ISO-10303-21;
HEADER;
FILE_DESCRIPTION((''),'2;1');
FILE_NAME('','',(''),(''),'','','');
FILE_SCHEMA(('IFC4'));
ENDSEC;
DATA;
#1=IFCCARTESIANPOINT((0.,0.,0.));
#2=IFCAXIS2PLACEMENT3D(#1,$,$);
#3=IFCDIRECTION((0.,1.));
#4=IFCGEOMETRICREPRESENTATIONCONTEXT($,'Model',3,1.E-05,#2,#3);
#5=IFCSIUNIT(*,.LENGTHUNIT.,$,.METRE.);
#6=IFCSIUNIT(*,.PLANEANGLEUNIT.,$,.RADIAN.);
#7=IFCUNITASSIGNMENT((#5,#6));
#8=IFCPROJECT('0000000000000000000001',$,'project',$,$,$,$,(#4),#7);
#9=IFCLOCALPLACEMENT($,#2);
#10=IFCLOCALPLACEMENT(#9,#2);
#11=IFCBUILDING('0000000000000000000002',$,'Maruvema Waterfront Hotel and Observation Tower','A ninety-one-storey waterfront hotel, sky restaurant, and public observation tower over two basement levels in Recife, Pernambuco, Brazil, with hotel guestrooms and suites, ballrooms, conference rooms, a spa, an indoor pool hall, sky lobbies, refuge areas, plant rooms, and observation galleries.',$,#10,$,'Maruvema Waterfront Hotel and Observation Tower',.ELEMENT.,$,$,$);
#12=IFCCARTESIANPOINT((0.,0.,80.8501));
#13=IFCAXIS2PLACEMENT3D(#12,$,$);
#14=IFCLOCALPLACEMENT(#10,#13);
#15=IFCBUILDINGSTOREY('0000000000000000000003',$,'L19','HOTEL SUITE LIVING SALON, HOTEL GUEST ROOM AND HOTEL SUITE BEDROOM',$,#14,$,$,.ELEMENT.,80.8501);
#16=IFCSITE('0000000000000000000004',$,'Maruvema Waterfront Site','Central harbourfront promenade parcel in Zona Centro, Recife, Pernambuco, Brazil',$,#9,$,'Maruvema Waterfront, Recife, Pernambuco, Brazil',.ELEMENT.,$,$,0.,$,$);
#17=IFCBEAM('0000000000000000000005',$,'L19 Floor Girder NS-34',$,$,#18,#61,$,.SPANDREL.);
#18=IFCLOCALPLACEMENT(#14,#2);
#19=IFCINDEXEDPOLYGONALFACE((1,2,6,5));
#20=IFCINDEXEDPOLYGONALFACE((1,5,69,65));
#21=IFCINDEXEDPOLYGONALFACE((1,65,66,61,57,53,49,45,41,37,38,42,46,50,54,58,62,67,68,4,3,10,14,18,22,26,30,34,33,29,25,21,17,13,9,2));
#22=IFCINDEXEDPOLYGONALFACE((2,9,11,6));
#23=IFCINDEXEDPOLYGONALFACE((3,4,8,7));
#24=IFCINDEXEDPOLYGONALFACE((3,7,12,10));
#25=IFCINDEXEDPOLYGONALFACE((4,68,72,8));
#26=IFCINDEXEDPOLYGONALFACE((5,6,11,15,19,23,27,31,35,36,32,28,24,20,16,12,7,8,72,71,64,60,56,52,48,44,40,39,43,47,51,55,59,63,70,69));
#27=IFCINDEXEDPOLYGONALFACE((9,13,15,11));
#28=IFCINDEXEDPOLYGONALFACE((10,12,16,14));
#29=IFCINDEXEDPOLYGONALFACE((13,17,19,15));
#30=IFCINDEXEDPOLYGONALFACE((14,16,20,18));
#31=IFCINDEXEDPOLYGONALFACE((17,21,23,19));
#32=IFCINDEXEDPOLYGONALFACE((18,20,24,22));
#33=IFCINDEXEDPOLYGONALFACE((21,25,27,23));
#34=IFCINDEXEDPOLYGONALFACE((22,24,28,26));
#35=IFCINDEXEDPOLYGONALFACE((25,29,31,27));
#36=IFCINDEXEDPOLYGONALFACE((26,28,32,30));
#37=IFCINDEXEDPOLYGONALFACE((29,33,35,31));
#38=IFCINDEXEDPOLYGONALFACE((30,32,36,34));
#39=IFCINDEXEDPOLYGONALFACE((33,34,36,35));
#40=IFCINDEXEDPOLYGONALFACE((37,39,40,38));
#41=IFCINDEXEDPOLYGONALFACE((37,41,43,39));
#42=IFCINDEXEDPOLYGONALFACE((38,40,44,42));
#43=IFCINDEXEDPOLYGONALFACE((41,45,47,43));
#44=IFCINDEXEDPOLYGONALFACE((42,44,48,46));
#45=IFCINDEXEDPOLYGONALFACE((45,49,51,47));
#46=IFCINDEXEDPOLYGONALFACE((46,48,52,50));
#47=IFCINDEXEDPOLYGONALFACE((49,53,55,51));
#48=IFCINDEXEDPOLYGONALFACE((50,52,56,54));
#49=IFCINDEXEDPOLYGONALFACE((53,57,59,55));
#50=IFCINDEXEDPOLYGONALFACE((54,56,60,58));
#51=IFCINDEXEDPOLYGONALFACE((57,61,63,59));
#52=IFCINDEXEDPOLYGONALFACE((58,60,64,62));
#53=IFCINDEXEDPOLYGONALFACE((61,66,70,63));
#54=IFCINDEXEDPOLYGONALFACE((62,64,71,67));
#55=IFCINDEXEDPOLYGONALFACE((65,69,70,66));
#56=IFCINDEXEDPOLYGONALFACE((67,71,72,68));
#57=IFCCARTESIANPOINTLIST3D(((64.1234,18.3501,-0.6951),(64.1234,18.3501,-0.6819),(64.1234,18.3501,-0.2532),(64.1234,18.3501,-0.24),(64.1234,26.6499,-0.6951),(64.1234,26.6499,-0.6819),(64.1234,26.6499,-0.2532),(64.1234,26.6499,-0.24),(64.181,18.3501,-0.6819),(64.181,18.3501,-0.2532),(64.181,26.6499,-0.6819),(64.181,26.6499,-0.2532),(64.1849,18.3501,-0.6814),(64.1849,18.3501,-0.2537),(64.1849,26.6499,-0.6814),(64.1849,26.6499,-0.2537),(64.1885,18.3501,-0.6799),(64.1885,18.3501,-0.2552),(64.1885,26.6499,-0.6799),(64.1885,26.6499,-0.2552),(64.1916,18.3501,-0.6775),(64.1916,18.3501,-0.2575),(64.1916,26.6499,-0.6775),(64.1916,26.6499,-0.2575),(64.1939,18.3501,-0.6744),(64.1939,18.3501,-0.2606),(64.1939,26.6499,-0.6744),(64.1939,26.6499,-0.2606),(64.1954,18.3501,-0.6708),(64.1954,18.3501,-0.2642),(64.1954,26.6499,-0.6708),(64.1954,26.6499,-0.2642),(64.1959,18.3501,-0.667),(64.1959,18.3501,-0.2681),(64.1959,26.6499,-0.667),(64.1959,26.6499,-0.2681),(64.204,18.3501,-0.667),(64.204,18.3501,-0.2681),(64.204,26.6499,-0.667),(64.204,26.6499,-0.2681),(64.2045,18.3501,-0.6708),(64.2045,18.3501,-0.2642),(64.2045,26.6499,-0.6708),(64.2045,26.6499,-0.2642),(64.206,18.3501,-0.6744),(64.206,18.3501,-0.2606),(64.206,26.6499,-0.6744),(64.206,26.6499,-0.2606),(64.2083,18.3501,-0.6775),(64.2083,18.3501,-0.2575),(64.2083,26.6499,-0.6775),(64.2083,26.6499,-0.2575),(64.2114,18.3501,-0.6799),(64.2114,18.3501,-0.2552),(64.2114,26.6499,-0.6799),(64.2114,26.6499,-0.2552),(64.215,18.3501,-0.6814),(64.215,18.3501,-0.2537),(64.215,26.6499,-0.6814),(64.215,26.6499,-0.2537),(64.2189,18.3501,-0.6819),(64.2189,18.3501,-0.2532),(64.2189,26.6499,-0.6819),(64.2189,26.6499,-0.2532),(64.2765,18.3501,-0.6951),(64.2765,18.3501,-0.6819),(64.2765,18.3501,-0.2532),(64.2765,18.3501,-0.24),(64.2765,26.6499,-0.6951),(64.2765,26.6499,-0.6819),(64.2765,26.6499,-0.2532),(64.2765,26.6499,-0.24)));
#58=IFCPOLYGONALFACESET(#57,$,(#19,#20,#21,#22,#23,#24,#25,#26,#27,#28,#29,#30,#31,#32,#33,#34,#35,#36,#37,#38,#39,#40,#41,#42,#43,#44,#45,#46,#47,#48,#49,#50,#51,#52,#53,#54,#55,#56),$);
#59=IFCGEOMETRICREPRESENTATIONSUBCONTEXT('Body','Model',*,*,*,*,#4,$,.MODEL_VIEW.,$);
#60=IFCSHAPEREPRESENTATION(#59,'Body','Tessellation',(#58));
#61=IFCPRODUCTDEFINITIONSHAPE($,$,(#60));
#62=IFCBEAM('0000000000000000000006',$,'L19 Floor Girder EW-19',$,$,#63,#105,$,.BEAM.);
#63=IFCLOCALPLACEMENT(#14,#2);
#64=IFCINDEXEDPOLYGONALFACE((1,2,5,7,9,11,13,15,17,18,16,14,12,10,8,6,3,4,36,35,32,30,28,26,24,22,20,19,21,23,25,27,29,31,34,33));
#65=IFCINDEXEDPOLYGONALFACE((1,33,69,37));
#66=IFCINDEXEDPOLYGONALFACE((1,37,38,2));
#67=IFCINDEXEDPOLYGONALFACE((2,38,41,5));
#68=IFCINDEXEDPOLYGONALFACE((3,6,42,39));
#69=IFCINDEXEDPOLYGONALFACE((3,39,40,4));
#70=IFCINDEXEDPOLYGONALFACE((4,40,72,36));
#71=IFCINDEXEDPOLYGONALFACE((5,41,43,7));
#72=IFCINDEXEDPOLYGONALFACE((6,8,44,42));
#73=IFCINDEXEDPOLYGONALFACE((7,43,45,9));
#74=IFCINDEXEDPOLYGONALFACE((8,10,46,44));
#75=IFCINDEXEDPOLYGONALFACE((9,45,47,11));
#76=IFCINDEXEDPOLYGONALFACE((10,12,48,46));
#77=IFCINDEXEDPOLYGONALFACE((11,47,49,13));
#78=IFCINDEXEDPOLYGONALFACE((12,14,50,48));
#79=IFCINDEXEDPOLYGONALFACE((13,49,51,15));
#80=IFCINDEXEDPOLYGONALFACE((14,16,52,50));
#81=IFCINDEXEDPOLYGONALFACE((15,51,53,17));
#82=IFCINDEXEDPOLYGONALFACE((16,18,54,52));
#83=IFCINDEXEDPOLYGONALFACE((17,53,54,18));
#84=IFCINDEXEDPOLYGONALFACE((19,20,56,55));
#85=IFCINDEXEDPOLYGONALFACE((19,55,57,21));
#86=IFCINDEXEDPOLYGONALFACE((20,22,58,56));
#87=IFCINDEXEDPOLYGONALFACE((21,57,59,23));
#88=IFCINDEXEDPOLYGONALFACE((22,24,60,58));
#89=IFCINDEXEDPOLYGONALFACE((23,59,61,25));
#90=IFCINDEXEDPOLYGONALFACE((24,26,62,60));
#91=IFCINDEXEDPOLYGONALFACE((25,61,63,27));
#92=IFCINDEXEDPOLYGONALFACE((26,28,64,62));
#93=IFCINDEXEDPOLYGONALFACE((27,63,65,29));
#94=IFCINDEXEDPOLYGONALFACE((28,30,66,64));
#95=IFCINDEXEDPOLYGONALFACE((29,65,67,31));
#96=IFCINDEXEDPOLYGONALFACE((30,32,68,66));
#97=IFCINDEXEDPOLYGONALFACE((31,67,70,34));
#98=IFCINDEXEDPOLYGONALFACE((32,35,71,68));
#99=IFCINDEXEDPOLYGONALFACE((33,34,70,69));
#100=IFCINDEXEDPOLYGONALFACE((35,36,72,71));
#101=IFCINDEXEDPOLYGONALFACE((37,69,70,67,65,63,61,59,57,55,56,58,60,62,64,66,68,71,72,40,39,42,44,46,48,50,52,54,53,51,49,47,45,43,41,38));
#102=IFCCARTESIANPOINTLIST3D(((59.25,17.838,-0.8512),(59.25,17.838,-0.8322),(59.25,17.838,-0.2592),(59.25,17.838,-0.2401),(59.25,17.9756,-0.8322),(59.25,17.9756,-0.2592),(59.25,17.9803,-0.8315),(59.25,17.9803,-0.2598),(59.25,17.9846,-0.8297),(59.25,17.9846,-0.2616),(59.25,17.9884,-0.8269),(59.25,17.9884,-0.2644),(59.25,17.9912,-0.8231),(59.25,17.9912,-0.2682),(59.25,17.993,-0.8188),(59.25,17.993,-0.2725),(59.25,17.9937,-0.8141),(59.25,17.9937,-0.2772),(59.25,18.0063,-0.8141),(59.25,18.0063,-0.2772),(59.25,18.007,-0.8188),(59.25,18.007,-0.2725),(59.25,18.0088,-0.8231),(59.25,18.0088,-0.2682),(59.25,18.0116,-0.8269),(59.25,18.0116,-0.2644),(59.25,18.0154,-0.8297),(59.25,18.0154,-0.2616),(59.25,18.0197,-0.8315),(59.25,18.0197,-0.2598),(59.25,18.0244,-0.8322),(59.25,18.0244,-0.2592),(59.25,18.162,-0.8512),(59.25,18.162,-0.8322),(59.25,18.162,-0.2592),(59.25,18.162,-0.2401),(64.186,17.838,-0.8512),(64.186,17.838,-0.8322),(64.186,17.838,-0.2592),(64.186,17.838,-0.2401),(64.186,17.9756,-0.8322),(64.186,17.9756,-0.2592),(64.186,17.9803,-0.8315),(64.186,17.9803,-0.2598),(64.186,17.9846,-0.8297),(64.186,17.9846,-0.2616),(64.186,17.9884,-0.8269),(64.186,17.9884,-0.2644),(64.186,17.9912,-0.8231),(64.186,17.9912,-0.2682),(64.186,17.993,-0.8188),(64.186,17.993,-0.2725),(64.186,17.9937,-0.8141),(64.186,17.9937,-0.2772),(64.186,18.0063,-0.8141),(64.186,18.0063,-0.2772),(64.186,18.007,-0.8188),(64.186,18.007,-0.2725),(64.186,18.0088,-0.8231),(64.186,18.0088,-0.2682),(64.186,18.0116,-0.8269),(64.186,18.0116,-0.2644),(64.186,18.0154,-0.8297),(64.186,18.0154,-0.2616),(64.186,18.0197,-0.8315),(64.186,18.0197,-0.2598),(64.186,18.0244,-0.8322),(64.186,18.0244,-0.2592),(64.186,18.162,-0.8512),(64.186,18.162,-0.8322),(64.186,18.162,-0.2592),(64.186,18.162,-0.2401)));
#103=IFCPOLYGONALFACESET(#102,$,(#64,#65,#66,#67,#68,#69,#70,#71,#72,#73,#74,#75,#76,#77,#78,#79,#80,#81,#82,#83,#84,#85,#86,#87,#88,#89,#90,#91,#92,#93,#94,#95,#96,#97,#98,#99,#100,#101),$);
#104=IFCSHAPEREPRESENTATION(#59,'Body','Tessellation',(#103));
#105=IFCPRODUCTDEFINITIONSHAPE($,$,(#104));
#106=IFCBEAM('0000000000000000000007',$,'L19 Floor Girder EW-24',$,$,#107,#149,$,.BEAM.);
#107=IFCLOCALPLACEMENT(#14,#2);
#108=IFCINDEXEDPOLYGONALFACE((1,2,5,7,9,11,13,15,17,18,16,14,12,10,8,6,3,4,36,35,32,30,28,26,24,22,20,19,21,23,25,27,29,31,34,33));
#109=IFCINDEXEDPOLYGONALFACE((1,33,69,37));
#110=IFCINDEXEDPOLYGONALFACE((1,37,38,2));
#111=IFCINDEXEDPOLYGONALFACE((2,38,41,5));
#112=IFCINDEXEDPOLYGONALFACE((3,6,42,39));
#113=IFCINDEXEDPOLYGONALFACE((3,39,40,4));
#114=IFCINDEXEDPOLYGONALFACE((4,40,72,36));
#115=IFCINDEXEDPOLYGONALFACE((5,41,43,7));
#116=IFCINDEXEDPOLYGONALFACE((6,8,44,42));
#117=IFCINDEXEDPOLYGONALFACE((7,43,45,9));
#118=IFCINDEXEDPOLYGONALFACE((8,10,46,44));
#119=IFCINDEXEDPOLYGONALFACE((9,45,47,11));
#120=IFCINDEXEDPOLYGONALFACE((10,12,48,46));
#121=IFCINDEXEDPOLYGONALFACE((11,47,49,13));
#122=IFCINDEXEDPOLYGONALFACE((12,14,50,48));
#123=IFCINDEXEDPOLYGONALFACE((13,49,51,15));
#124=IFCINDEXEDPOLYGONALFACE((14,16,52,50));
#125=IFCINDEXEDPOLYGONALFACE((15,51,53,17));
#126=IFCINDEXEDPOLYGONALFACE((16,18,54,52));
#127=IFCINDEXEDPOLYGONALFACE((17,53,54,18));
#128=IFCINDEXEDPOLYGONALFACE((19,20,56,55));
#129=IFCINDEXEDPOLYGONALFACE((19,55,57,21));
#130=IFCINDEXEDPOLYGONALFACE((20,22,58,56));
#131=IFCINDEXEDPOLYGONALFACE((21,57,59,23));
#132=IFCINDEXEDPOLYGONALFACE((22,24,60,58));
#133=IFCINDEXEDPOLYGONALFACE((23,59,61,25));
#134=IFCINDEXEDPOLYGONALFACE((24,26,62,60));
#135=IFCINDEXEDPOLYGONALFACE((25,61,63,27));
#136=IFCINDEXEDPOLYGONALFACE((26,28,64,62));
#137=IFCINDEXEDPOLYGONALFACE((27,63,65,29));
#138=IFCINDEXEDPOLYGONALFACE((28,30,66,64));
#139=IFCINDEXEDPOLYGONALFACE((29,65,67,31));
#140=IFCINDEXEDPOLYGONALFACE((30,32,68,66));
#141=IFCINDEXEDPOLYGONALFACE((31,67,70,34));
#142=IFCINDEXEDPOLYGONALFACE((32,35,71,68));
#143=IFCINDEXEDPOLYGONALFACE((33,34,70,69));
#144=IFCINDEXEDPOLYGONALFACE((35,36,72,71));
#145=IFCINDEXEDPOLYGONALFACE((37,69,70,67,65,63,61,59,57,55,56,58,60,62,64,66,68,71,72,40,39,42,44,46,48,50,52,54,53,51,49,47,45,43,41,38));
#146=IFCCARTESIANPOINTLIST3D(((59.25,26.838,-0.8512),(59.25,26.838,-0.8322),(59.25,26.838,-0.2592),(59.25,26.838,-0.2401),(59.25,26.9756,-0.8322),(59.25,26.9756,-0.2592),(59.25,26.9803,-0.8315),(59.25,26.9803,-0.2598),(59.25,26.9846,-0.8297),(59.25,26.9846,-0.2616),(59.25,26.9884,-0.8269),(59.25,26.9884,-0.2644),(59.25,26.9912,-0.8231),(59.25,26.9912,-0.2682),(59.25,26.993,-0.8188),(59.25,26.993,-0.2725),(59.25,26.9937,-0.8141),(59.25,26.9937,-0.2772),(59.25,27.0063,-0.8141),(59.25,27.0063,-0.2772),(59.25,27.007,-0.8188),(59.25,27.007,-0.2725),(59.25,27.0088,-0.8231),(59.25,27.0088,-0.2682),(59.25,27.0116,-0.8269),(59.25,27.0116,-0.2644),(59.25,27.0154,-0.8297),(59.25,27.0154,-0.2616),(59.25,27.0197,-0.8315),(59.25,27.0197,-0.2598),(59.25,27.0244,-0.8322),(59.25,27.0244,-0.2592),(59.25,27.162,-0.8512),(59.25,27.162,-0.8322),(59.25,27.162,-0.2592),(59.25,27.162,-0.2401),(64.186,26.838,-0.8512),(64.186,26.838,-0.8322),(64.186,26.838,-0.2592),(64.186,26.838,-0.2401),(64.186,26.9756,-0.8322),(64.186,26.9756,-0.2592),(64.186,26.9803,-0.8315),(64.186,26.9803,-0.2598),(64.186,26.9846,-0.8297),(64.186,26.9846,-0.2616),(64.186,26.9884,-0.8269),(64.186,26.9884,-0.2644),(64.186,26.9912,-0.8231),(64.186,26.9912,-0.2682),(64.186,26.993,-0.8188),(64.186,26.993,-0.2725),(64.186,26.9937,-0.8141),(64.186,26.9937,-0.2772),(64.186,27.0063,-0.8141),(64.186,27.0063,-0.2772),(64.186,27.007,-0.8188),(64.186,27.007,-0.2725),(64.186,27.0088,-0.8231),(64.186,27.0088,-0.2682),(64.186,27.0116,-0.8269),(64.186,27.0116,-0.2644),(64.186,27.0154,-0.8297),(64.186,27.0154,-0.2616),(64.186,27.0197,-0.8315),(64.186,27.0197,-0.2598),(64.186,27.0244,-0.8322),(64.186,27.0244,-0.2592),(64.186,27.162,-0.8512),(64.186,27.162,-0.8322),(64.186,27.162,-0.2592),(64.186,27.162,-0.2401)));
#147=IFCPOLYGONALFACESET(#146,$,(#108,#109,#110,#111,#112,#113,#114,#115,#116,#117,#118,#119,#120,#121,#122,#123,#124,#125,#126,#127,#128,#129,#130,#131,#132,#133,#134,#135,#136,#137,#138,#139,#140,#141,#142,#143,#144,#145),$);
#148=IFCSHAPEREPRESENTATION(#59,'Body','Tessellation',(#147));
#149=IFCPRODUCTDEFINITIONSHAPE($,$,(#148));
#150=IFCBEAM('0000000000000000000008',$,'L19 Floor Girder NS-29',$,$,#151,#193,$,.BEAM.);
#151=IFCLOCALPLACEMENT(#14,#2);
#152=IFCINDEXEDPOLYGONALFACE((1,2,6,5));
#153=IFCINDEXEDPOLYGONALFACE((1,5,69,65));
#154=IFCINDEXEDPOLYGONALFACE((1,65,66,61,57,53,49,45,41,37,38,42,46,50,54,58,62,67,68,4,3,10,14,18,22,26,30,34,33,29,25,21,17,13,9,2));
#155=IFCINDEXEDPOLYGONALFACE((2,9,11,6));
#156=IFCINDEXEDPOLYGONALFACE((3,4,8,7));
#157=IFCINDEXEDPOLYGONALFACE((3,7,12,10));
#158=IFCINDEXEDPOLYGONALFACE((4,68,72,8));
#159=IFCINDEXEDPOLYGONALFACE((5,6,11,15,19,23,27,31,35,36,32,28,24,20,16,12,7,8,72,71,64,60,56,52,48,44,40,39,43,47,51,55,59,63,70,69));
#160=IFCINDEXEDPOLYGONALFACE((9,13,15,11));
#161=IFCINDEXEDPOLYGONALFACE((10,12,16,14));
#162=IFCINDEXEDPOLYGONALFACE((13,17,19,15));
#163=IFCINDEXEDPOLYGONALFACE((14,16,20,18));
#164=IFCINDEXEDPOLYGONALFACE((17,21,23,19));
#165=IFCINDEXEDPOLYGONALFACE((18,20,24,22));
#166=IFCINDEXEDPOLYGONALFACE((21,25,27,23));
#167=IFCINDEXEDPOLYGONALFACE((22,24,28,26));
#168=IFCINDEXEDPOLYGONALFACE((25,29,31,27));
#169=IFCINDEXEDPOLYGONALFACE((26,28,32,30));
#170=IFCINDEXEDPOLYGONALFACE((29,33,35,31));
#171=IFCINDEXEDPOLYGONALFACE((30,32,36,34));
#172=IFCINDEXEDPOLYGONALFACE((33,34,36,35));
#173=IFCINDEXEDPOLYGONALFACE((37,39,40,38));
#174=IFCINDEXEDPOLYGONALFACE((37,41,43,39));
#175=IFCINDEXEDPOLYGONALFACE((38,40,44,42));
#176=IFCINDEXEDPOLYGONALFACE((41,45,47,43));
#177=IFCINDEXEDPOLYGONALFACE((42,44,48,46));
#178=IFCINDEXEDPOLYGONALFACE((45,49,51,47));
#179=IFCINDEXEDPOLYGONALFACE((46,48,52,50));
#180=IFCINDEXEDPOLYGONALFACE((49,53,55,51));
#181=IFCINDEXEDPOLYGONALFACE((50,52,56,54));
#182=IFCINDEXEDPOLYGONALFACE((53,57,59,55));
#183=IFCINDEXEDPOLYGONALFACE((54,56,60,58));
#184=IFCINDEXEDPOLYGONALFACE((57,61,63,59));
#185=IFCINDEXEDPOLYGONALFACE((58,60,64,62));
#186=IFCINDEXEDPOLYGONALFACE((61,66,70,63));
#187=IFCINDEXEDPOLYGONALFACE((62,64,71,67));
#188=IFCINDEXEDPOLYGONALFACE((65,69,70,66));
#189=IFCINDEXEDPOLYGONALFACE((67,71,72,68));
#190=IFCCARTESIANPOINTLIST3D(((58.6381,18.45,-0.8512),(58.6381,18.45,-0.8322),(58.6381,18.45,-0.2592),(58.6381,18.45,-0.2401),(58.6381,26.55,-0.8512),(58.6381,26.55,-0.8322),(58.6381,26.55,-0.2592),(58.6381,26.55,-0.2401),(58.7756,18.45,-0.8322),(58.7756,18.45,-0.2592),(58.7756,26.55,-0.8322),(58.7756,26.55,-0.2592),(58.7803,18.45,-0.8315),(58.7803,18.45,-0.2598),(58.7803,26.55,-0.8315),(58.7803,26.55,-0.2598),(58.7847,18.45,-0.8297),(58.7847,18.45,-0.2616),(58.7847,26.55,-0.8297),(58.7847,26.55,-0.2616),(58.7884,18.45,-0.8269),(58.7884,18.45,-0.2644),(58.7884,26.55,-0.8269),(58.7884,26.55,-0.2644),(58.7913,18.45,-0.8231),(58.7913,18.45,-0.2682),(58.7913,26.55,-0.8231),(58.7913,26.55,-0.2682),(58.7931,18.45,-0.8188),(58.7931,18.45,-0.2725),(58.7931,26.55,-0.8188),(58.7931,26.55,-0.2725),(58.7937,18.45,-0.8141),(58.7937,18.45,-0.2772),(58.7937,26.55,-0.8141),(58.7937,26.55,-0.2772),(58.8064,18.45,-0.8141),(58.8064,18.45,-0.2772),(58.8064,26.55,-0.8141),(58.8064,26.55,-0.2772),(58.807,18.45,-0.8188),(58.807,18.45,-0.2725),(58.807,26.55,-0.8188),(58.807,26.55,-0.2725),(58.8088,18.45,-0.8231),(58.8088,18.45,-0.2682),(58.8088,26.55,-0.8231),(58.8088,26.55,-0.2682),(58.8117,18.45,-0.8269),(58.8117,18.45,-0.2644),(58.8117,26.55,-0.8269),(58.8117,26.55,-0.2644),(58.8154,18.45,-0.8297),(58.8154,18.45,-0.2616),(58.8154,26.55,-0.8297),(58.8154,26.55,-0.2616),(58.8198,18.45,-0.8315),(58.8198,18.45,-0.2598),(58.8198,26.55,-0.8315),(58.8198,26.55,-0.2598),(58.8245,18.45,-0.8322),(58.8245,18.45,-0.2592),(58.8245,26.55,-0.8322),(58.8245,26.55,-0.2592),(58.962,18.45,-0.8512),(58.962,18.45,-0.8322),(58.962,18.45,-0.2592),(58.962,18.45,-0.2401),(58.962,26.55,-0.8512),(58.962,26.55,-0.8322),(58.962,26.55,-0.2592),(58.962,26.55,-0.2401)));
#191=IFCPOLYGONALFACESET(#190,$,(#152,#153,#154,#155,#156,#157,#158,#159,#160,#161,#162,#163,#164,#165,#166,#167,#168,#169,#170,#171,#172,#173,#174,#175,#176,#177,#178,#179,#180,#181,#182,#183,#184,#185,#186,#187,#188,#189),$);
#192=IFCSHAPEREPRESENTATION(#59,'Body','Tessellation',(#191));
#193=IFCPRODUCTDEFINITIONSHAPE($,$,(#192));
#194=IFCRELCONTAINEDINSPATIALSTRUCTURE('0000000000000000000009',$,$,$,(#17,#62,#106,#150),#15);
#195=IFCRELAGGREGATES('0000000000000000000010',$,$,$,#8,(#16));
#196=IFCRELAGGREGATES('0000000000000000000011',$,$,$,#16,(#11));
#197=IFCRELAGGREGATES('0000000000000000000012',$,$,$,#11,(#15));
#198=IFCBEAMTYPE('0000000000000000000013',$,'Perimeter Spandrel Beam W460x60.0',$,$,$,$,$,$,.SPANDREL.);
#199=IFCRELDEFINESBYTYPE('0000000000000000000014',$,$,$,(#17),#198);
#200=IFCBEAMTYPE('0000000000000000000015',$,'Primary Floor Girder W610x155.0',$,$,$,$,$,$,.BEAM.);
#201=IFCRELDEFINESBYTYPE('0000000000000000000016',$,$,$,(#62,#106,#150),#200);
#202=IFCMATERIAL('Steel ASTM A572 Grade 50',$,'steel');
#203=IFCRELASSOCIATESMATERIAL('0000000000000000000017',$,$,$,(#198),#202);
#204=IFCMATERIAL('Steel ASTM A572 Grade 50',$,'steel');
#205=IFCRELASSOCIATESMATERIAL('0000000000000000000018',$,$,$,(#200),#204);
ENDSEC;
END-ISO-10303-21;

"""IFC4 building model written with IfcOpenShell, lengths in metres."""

from ifc_helpers import new_model, si_unit, direction, frame, origin, origin_2d, place, context, subcontext, project, spatial, i_section, extrude, material, material_profile, profile_set, type_object, element, save


model = new_model("IFC4")

# Units and contexts
model_context = context("Model", 3, precision=1e-05, world=origin(), true_north=direction((0.0, 1.0)))
body_context = subcontext(model_context, "Body", "Model", "MODEL_VIEW")
ifc_project = project(units=[si_unit("LENGTHUNIT", "METRE"), si_unit("PLANEANGLEUNIT", "RADIAN")], contexts=[model_context])

# Site, building, storey
site_placement = place(None, origin())
site = spatial("IfcSite", under=ifc_project, at=site_placement, Name="Maruvema Waterfront Site", Description="Central harbourfront promenade parcel in Zona Centro, Recife, Pernambuco, Brazil", LongName="Maruvema Waterfront, Recife, Pernambuco, Brazil", CompositionType="ELEMENT", RefElevation=0.0)
building_placement = place(site_placement, origin())
building = spatial("IfcBuilding", under=site, at=building_placement, Name="Maruvema Waterfront Hotel and Observation Tower", Description="A ninety-one-storey waterfront hotel, sky restaurant, and public observation tower over two basement levels in Recife, Pernambuco, Brazil, with hotel guestrooms and suites, ballrooms, conference rooms, a spa, an indoor pool hall, sky lobbies, refuge areas, plant rooms, and observation galleries.", LongName="Maruvema Waterfront Hotel and Observation Tower", CompositionType="ELEMENT")
storey_placement = place(building_placement, frame((0.0, 0.0, 80.8501)))
storey = spatial("IfcBuildingStorey", under=building, at=storey_placement, Name="L19", Description="HOTEL SUITE LIVING SALON, HOTEL GUEST ROOM AND HOTEL SUITE BEDROOM", CompositionType="ELEMENT", Elevation=80.8501)

# Beams
ifc_material_1 = material(Name="Steel ASTM A572 Grade 50", Category="steel")
ifc_material_profile_1 = material_profile(ifc_material_1, i_section(OverallWidth=0.1531, OverallDepth=0.4551, WebThickness=0.0081, FlangeThickness=0.0132, FilletRadius=0.0149, at=origin_2d()), Name="W460x60.0")
ifc_profile_set_1 = profile_set([ifc_material_profile_1], Name="Steel ASTM A572 Grade 50")
beam_type_1 = type_object("IfcBeamType", Name="Perimeter Spandrel Beam W460x60.0", PredefinedType="SPANDREL", material=ifc_profile_set_1)
beam_1_placement = place(storey_placement, frame((64.2, 18.3501, -0.4675), z_axis=(0.0, 1.0, 0.0), x_axis=(-1.0, 0.0, 0.0)))
element("IfcBeam", 1, at=beam_1_placement, inside=storey, type_object=beam_type_1, Name="L19 Floor Girder NS-34", PredefinedType="SPANDREL", context=body_context, shape_type="SweptSolid", body=[
    extrude(i_section(OverallWidth=0.1531, OverallDepth=0.4551, WebThickness=0.0081, FlangeThickness=0.0132, FilletRadius=0.0149, at=origin_2d()), origin(), (0.0, 0.0, 1.0), 8.2998),
])
ifc_material_2 = material(Name="Steel ASTM A572 Grade 50", Category="steel")
ifc_material_profile_2 = material_profile(ifc_material_2, i_section(OverallWidth=0.324, OverallDepth=0.6111, WebThickness=0.0127, FlangeThickness=0.019, FilletRadius=0.0181, at=origin_2d()), Name="W610x155.0")
ifc_profile_set_2 = profile_set([ifc_material_profile_2], Name="Steel ASTM A572 Grade 50")
beam_type_2 = type_object("IfcBeamType", Name="Primary Floor Girder W610x155.0", PredefinedType="BEAM", material=ifc_profile_set_2)
for number, where, z_axis, x_axis, name in (
    (2, (59.25, 18.0, -0.5457), (1.0, 0.0, 0.0), (0.0, 1.0, 0.0), "L19 Floor Girder EW-19"),
    (3, (59.25, 27.0, -0.5457), (1.0, 0.0, 0.0), (0.0, 1.0, 0.0), "L19 Floor Girder EW-24"),
):
    element("IfcBeam", number, at=place(storey_placement, frame(where, z_axis=z_axis, x_axis=x_axis)), inside=storey, type_object=beam_type_2, Name=name, PredefinedType="BEAM", context=body_context, shape_type="SweptSolid", body=[
        extrude(i_section(OverallWidth=0.324, OverallDepth=0.6111, WebThickness=0.0127, FlangeThickness=0.019, FilletRadius=0.0181, at=origin_2d()), origin(), (0.0, 0.0, 1.0), 4.936),
    ])
beam_2_placement = place(storey_placement, frame((58.8, 18.45, -0.5457), z_axis=(0.0, 1.0, 0.0), x_axis=(-1.0, 0.0, 0.0)))
element("IfcBeam", 4, at=beam_2_placement, inside=storey, type_object=beam_type_2, Name="L19 Floor Girder NS-29", PredefinedType="BEAM", context=body_context, shape_type="SweptSolid", body=[
    extrude(i_section(OverallWidth=0.324, OverallDepth=0.6111, WebThickness=0.0127, FlangeThickness=0.019, FilletRadius=0.0181, at=origin_2d()), origin(), (0.0, 0.0, 1.0), 8.1001),
])

save(model, "model.ifc")
